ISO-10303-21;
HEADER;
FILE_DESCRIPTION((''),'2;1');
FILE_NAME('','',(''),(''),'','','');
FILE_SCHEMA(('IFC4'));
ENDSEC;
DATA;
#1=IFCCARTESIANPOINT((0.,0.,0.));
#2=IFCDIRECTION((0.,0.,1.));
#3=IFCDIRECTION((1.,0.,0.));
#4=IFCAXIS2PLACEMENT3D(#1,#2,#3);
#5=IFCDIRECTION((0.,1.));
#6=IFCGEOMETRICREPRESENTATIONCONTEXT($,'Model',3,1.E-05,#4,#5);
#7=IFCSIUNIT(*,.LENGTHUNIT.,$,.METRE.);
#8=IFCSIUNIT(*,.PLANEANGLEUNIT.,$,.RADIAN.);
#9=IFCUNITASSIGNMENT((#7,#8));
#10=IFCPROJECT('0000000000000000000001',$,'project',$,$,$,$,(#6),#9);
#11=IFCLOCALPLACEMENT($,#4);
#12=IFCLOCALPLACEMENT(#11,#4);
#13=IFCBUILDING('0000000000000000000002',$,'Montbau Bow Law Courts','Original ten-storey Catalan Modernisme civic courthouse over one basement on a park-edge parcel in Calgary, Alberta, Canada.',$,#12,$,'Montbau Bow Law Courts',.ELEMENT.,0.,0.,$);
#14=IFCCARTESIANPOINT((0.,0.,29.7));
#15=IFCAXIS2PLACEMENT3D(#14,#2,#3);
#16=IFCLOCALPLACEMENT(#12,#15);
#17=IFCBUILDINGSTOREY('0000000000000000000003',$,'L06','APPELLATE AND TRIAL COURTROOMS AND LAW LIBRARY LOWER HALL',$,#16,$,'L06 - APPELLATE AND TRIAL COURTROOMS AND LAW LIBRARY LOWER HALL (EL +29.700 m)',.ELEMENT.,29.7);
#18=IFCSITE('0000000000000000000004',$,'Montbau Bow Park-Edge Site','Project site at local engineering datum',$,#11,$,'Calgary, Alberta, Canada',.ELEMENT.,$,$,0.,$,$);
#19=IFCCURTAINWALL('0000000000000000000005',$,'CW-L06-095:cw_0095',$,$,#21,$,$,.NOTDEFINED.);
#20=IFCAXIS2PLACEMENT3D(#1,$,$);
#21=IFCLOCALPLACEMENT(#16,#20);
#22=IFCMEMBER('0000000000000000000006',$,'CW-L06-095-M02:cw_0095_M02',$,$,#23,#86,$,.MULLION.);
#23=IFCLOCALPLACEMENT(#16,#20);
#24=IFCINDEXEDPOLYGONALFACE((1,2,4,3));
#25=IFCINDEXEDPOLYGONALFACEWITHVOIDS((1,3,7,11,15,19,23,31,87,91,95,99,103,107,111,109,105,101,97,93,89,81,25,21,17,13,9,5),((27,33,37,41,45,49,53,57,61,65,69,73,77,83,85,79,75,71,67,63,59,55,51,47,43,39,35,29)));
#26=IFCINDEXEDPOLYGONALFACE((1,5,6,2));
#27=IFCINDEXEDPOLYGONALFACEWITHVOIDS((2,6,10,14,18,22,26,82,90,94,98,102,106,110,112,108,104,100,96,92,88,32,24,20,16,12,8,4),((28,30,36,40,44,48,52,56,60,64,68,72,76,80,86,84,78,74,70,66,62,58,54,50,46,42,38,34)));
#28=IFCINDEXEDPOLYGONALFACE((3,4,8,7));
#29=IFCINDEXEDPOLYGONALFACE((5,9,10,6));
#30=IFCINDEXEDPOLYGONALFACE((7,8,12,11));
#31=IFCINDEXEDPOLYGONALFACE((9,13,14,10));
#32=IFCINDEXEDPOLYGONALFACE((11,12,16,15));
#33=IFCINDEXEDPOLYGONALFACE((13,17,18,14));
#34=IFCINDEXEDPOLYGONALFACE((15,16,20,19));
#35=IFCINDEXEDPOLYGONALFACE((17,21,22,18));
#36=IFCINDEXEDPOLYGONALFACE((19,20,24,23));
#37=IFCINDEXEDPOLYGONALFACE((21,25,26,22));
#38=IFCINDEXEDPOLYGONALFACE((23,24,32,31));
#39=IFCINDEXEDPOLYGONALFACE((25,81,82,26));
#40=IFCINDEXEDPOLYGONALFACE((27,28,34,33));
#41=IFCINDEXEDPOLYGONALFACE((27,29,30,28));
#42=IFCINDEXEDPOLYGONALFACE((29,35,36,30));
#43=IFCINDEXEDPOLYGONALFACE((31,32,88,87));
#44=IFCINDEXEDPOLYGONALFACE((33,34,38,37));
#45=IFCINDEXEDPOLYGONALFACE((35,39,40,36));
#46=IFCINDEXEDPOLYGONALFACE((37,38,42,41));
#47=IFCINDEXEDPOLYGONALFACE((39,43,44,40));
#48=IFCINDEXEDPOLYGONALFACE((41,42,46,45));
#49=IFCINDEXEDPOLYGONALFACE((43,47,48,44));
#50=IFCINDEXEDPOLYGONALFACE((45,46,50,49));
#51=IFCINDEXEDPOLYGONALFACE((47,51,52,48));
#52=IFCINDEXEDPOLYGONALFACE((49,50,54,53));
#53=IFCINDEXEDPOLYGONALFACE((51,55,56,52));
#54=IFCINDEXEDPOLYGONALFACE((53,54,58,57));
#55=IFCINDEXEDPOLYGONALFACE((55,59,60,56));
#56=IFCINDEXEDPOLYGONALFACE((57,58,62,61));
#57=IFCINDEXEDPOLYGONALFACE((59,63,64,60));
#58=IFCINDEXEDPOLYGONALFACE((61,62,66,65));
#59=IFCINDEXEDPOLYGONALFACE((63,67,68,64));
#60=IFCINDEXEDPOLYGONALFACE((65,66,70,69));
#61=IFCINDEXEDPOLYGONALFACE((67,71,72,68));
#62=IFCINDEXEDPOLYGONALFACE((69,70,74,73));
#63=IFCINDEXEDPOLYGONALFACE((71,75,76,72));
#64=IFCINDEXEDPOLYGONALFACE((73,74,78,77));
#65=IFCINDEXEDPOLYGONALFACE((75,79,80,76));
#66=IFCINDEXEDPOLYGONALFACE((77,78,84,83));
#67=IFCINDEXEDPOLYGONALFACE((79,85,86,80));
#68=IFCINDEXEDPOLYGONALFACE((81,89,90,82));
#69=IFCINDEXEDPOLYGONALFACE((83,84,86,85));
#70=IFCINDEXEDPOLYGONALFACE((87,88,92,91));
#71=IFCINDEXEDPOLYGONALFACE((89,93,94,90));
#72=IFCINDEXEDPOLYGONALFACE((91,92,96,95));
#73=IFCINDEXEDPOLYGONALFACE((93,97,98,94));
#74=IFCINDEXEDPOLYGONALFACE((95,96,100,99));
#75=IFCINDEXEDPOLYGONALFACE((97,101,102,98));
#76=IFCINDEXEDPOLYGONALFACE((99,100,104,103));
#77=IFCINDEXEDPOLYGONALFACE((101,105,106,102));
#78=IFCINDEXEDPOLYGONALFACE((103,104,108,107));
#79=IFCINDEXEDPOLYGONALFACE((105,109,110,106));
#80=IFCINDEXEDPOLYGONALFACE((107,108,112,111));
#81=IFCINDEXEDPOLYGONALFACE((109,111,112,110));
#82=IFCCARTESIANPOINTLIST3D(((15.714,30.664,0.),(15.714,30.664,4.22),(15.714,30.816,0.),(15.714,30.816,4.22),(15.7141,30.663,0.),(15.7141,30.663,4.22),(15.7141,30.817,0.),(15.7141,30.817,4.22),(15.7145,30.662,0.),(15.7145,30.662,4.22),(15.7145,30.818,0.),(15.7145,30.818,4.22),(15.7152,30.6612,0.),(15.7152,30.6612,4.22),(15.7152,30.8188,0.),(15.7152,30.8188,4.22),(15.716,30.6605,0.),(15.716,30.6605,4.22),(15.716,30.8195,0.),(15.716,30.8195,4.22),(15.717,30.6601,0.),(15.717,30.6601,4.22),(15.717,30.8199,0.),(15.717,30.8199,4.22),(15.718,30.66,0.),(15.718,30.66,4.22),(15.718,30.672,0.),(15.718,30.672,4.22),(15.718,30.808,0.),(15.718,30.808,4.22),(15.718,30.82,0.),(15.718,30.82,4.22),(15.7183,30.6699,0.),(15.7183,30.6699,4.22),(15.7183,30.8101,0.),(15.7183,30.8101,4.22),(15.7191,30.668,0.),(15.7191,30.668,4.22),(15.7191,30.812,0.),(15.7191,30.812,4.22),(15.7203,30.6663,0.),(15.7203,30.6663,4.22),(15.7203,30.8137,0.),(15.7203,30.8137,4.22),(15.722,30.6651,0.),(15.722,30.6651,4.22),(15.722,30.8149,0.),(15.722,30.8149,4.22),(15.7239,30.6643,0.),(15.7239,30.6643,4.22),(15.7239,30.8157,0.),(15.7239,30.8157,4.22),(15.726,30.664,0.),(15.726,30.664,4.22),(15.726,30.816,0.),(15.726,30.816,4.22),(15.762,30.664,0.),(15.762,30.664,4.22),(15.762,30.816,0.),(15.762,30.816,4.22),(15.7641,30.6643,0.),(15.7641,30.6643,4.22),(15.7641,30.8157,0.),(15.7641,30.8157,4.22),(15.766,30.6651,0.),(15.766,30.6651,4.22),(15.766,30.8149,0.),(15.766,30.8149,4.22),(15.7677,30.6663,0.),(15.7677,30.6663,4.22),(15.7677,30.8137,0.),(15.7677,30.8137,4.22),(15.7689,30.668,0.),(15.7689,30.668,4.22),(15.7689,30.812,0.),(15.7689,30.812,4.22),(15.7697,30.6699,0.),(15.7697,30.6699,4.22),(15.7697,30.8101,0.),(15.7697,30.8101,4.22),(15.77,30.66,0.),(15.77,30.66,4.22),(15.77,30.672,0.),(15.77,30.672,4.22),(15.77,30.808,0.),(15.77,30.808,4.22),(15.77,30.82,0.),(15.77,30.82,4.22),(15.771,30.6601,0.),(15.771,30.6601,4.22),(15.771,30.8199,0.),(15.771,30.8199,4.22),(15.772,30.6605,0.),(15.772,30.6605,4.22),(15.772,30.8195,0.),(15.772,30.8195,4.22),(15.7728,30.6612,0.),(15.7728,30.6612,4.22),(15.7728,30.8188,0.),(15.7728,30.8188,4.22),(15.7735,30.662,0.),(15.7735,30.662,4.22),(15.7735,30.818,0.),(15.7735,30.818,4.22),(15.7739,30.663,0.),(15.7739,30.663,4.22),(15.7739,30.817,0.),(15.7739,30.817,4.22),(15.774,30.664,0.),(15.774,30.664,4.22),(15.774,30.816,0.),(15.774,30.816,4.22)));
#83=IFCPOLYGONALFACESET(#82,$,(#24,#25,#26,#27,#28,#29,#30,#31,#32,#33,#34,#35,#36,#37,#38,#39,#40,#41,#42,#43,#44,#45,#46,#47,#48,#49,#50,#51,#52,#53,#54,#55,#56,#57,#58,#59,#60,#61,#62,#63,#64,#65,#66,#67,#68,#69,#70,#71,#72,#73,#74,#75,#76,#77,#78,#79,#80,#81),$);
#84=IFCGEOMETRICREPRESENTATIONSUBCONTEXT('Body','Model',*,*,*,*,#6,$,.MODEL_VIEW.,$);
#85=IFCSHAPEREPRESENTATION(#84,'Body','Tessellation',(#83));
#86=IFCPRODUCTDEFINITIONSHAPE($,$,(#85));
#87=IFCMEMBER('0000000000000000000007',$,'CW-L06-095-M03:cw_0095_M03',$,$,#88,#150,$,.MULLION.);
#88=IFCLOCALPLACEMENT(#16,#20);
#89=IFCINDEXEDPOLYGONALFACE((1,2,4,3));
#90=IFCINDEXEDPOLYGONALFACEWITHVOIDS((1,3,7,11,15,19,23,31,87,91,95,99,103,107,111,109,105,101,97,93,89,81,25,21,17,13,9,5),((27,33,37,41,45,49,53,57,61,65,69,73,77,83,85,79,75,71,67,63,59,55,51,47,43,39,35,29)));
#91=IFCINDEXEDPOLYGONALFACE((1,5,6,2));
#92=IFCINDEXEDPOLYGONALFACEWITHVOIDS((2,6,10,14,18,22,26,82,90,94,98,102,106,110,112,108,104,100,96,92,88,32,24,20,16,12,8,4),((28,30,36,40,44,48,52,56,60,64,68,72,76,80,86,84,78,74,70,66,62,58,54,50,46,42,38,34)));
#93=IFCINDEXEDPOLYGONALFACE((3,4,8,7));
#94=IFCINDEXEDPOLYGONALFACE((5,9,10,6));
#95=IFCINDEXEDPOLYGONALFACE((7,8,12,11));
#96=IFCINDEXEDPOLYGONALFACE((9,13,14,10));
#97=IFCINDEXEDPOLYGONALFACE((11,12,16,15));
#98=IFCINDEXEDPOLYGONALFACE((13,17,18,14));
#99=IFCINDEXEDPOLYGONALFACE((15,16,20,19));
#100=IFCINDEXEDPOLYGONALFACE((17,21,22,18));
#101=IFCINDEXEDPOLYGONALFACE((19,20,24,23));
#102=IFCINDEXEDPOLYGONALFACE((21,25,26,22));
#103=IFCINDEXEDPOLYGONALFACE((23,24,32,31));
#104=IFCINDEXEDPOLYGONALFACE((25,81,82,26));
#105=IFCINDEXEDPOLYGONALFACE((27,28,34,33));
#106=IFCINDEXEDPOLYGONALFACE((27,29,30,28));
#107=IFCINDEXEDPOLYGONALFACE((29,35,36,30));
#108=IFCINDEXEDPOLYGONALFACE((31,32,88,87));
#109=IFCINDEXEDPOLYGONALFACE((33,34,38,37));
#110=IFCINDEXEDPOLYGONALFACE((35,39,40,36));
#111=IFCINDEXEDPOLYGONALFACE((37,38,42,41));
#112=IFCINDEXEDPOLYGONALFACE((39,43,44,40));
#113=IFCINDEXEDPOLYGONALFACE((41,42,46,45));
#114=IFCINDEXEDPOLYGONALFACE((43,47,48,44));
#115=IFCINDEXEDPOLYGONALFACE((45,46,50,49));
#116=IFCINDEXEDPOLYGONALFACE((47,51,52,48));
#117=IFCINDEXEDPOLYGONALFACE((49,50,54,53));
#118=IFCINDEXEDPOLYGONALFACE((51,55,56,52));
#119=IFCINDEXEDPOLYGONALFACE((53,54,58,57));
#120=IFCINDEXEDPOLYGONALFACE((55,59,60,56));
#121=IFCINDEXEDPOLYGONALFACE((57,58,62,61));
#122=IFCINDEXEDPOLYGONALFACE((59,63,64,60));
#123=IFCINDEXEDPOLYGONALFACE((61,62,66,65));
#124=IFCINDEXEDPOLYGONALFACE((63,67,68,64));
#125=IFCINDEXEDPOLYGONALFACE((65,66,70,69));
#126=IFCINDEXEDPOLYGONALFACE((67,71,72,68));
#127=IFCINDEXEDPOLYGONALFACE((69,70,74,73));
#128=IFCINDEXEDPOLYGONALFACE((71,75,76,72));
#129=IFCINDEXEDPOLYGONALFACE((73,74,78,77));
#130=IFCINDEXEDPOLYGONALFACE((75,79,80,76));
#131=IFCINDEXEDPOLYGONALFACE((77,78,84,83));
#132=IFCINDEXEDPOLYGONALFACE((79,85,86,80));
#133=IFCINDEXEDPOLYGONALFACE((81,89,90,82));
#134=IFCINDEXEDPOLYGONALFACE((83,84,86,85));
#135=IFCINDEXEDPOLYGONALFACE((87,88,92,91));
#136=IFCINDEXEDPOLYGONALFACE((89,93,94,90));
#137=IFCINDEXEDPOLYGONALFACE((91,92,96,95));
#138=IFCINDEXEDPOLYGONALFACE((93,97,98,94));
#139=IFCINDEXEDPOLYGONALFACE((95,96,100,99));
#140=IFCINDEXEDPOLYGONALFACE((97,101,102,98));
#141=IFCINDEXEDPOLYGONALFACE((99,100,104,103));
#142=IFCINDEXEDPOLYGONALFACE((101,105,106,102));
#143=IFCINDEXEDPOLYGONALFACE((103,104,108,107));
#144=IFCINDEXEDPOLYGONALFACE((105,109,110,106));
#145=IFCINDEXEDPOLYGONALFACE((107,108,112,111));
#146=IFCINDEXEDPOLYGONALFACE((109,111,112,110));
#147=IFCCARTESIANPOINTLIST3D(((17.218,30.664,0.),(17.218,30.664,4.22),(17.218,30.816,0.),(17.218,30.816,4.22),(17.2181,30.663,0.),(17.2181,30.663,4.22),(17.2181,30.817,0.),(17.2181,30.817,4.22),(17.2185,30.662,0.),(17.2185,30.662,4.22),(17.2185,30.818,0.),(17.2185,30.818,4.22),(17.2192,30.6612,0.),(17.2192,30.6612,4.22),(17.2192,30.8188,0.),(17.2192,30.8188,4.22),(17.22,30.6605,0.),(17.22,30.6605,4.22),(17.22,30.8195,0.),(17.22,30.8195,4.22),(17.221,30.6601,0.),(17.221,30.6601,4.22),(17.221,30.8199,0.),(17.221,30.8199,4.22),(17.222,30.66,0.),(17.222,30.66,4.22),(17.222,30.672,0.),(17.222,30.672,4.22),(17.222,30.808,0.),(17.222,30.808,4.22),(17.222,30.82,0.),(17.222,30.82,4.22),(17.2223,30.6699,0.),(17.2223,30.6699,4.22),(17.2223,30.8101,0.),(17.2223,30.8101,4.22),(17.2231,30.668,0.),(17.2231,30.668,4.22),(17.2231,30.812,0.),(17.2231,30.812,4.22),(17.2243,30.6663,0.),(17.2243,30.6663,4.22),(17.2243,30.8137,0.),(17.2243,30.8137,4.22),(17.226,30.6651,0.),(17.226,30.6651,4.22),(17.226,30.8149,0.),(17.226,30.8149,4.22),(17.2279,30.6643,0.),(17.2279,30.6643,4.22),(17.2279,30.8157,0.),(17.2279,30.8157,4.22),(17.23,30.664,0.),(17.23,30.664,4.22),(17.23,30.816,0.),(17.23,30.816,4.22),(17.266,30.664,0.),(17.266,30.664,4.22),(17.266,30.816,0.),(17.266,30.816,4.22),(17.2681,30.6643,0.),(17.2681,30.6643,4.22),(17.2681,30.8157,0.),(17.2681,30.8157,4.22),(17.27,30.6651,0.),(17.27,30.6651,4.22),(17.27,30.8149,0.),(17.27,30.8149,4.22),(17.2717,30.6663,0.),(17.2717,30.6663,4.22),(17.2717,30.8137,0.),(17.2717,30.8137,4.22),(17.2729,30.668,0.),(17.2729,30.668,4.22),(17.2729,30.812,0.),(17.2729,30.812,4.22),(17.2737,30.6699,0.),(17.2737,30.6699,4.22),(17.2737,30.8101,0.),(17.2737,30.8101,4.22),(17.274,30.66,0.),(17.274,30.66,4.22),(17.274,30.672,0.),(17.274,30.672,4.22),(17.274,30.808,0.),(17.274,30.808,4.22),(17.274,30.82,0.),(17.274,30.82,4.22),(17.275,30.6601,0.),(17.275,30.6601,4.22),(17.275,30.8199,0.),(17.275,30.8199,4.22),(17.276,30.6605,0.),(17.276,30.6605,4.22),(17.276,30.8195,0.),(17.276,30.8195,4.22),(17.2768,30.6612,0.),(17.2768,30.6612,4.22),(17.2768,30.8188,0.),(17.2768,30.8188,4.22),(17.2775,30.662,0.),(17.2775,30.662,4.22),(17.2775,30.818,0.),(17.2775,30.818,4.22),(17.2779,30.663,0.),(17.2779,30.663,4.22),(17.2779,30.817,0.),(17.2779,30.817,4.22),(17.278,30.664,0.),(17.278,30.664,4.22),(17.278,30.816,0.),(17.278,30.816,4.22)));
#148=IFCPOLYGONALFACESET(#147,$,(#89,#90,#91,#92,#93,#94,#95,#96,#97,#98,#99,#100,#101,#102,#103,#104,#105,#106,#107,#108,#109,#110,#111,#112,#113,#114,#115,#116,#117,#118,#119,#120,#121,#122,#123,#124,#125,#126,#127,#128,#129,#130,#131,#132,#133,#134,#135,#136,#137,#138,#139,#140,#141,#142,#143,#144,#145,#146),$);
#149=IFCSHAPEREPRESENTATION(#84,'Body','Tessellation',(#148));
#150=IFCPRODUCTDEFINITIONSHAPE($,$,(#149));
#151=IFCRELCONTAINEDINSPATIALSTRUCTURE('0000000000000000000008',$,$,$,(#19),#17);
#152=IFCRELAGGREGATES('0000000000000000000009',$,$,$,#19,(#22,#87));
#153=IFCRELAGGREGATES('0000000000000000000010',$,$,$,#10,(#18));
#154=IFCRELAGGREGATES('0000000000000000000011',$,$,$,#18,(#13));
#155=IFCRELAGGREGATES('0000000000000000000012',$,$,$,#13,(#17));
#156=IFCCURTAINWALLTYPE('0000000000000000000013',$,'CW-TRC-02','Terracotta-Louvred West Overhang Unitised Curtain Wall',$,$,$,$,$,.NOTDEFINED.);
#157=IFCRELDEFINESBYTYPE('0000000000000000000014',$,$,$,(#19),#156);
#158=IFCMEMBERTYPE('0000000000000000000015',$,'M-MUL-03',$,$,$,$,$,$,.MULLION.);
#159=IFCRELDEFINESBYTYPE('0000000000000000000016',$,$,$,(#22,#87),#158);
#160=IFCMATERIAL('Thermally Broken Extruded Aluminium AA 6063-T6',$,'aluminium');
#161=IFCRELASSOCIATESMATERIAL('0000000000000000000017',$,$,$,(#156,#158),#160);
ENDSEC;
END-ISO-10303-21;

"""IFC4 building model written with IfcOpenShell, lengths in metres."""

from ifc_helpers import new_model, si_unit, direction, frame, origin_with_axes, origin_2d_with_axis, place, context, subcontext, project, spatial, hollow_rectangle, extrude, material, material_profile, profile_set, type_object, element, aggregate, save


model = new_model("IFC4")

# Units and contexts
model_context = context("Model", 3, precision=1e-05, world=origin_with_axes(), true_north=direction((0.0, 1.0)))
body_context = subcontext(model_context, "Body", "Model", "MODEL_VIEW")
ifc_project = project(units=[si_unit("LENGTHUNIT", "METRE"), si_unit("PLANEANGLEUNIT", "RADIAN")], contexts=[model_context])

# Site, building, storey
site_placement = place(None, origin_with_axes())
site = spatial("IfcSite", under=ifc_project, at=site_placement, Name="Montbau Bow Park-Edge Site", Description="Project site at local engineering datum", LongName="Calgary, Alberta, Canada", CompositionType="ELEMENT", RefElevation=0.0)
building_placement = place(site_placement, origin_with_axes())
building = spatial("IfcBuilding", under=site, at=building_placement, Name="Montbau Bow Law Courts", Description="Original ten-storey Catalan Modernisme civic courthouse over one basement on a park-edge parcel in Calgary, Alberta, Canada.", LongName="Montbau Bow Law Courts", CompositionType="ELEMENT", ElevationOfRefHeight=0.0, ElevationOfTerrain=0.0)
storey_placement = place(building_placement, frame((0.0, 0.0, 29.7), z_axis=(0.0, 0.0, 1.0), x_axis=(1.0, 0.0, 0.0)))
storey = spatial("IfcBuildingStorey", under=building, at=storey_placement, Name="L06", Description="APPELLATE AND TRIAL COURTROOMS AND LAW LIBRARY LOWER HALL", LongName="L06 - APPELLATE AND TRIAL COURTROOMS AND LAW LIBRARY LOWER HALL (EL +29.700 m)", CompositionType="ELEMENT", Elevation=29.7)

# Curtain wall, members
ifc_material_1 = material(Name="Thermally Broken Extruded Aluminium AA 6063-T6", Category="aluminium")
curtain_wall_type = type_object("IfcCurtainWallType", Name="CW-TRC-02", Description="Terracotta-Louvred West Overhang Unitised Curtain Wall", PredefinedType="NOTDEFINED", material=ifc_material_1)
curtain_wall_placement = place(None, frame((14.24, 30.74, 29.7), z_axis=(0.0, 0.0, 1.0), x_axis=(1.0, 0.0, 0.0)))
curtain_wall = element("IfcCurtainWall", 1, at=curtain_wall_placement, inside=storey, type_object=curtain_wall_type, Name="CW-L06-095:cw_0095", PredefinedType="NOTDEFINED")
ifc_material_profile_1 = material_profile(ifc_material_1, hollow_rectangle(XDim=0.06, YDim=0.16, WallThickness=0.004, InnerFilletRadius=0.008, OuterFilletRadius=0.004, at=origin_2d_with_axis()), Name="CWM-160X60", Category="Main", Priority=0)
ifc_profile_set_1 = profile_set([ifc_material_profile_1], Name="Thermally Broken Extruded Aluminium AA 6063-T6")
member_type_1 = type_object("IfcMemberType", Name="M-MUL-03", PredefinedType="MULLION", material=ifc_profile_set_1)
member_1_placement = place(None, frame((15.744, 30.74, 29.7), z_axis=(0.0, 0.0, 1.0), x_axis=(1.0, 0.0, 0.0)))
member_1 = element("IfcMember", 2, at=member_1_placement, type_object=member_type_1, Name="CW-L06-095-M02:cw_0095_M02", PredefinedType="MULLION", context=body_context, shape_type="SweptSolid", body=[
    extrude(hollow_rectangle(XDim=0.06, YDim=0.16, WallThickness=0.004, InnerFilletRadius=0.008, OuterFilletRadius=0.004, at=origin_2d_with_axis()), origin_with_axes(), (0.0, 0.0, 1.0), 4.22),
])
member_2_placement = place(None, frame((17.248, 30.74, 29.7), z_axis=(0.0, 0.0, 1.0), x_axis=(1.0, 0.0, 0.0)))
member_2 = element("IfcMember", 3, at=member_2_placement, type_object=member_type_1, Name="CW-L06-095-M03:cw_0095_M03", PredefinedType="MULLION", context=body_context, shape_type="SweptSolid", body=[
    extrude(hollow_rectangle(XDim=0.06, YDim=0.16, WallThickness=0.004, InnerFilletRadius=0.008, OuterFilletRadius=0.004, at=origin_2d_with_axis()), origin_with_axes(), (0.0, 0.0, 1.0), 4.22),
])
aggregate(curtain_wall, [member_1, member_2])

save(model, "model.ifc")
